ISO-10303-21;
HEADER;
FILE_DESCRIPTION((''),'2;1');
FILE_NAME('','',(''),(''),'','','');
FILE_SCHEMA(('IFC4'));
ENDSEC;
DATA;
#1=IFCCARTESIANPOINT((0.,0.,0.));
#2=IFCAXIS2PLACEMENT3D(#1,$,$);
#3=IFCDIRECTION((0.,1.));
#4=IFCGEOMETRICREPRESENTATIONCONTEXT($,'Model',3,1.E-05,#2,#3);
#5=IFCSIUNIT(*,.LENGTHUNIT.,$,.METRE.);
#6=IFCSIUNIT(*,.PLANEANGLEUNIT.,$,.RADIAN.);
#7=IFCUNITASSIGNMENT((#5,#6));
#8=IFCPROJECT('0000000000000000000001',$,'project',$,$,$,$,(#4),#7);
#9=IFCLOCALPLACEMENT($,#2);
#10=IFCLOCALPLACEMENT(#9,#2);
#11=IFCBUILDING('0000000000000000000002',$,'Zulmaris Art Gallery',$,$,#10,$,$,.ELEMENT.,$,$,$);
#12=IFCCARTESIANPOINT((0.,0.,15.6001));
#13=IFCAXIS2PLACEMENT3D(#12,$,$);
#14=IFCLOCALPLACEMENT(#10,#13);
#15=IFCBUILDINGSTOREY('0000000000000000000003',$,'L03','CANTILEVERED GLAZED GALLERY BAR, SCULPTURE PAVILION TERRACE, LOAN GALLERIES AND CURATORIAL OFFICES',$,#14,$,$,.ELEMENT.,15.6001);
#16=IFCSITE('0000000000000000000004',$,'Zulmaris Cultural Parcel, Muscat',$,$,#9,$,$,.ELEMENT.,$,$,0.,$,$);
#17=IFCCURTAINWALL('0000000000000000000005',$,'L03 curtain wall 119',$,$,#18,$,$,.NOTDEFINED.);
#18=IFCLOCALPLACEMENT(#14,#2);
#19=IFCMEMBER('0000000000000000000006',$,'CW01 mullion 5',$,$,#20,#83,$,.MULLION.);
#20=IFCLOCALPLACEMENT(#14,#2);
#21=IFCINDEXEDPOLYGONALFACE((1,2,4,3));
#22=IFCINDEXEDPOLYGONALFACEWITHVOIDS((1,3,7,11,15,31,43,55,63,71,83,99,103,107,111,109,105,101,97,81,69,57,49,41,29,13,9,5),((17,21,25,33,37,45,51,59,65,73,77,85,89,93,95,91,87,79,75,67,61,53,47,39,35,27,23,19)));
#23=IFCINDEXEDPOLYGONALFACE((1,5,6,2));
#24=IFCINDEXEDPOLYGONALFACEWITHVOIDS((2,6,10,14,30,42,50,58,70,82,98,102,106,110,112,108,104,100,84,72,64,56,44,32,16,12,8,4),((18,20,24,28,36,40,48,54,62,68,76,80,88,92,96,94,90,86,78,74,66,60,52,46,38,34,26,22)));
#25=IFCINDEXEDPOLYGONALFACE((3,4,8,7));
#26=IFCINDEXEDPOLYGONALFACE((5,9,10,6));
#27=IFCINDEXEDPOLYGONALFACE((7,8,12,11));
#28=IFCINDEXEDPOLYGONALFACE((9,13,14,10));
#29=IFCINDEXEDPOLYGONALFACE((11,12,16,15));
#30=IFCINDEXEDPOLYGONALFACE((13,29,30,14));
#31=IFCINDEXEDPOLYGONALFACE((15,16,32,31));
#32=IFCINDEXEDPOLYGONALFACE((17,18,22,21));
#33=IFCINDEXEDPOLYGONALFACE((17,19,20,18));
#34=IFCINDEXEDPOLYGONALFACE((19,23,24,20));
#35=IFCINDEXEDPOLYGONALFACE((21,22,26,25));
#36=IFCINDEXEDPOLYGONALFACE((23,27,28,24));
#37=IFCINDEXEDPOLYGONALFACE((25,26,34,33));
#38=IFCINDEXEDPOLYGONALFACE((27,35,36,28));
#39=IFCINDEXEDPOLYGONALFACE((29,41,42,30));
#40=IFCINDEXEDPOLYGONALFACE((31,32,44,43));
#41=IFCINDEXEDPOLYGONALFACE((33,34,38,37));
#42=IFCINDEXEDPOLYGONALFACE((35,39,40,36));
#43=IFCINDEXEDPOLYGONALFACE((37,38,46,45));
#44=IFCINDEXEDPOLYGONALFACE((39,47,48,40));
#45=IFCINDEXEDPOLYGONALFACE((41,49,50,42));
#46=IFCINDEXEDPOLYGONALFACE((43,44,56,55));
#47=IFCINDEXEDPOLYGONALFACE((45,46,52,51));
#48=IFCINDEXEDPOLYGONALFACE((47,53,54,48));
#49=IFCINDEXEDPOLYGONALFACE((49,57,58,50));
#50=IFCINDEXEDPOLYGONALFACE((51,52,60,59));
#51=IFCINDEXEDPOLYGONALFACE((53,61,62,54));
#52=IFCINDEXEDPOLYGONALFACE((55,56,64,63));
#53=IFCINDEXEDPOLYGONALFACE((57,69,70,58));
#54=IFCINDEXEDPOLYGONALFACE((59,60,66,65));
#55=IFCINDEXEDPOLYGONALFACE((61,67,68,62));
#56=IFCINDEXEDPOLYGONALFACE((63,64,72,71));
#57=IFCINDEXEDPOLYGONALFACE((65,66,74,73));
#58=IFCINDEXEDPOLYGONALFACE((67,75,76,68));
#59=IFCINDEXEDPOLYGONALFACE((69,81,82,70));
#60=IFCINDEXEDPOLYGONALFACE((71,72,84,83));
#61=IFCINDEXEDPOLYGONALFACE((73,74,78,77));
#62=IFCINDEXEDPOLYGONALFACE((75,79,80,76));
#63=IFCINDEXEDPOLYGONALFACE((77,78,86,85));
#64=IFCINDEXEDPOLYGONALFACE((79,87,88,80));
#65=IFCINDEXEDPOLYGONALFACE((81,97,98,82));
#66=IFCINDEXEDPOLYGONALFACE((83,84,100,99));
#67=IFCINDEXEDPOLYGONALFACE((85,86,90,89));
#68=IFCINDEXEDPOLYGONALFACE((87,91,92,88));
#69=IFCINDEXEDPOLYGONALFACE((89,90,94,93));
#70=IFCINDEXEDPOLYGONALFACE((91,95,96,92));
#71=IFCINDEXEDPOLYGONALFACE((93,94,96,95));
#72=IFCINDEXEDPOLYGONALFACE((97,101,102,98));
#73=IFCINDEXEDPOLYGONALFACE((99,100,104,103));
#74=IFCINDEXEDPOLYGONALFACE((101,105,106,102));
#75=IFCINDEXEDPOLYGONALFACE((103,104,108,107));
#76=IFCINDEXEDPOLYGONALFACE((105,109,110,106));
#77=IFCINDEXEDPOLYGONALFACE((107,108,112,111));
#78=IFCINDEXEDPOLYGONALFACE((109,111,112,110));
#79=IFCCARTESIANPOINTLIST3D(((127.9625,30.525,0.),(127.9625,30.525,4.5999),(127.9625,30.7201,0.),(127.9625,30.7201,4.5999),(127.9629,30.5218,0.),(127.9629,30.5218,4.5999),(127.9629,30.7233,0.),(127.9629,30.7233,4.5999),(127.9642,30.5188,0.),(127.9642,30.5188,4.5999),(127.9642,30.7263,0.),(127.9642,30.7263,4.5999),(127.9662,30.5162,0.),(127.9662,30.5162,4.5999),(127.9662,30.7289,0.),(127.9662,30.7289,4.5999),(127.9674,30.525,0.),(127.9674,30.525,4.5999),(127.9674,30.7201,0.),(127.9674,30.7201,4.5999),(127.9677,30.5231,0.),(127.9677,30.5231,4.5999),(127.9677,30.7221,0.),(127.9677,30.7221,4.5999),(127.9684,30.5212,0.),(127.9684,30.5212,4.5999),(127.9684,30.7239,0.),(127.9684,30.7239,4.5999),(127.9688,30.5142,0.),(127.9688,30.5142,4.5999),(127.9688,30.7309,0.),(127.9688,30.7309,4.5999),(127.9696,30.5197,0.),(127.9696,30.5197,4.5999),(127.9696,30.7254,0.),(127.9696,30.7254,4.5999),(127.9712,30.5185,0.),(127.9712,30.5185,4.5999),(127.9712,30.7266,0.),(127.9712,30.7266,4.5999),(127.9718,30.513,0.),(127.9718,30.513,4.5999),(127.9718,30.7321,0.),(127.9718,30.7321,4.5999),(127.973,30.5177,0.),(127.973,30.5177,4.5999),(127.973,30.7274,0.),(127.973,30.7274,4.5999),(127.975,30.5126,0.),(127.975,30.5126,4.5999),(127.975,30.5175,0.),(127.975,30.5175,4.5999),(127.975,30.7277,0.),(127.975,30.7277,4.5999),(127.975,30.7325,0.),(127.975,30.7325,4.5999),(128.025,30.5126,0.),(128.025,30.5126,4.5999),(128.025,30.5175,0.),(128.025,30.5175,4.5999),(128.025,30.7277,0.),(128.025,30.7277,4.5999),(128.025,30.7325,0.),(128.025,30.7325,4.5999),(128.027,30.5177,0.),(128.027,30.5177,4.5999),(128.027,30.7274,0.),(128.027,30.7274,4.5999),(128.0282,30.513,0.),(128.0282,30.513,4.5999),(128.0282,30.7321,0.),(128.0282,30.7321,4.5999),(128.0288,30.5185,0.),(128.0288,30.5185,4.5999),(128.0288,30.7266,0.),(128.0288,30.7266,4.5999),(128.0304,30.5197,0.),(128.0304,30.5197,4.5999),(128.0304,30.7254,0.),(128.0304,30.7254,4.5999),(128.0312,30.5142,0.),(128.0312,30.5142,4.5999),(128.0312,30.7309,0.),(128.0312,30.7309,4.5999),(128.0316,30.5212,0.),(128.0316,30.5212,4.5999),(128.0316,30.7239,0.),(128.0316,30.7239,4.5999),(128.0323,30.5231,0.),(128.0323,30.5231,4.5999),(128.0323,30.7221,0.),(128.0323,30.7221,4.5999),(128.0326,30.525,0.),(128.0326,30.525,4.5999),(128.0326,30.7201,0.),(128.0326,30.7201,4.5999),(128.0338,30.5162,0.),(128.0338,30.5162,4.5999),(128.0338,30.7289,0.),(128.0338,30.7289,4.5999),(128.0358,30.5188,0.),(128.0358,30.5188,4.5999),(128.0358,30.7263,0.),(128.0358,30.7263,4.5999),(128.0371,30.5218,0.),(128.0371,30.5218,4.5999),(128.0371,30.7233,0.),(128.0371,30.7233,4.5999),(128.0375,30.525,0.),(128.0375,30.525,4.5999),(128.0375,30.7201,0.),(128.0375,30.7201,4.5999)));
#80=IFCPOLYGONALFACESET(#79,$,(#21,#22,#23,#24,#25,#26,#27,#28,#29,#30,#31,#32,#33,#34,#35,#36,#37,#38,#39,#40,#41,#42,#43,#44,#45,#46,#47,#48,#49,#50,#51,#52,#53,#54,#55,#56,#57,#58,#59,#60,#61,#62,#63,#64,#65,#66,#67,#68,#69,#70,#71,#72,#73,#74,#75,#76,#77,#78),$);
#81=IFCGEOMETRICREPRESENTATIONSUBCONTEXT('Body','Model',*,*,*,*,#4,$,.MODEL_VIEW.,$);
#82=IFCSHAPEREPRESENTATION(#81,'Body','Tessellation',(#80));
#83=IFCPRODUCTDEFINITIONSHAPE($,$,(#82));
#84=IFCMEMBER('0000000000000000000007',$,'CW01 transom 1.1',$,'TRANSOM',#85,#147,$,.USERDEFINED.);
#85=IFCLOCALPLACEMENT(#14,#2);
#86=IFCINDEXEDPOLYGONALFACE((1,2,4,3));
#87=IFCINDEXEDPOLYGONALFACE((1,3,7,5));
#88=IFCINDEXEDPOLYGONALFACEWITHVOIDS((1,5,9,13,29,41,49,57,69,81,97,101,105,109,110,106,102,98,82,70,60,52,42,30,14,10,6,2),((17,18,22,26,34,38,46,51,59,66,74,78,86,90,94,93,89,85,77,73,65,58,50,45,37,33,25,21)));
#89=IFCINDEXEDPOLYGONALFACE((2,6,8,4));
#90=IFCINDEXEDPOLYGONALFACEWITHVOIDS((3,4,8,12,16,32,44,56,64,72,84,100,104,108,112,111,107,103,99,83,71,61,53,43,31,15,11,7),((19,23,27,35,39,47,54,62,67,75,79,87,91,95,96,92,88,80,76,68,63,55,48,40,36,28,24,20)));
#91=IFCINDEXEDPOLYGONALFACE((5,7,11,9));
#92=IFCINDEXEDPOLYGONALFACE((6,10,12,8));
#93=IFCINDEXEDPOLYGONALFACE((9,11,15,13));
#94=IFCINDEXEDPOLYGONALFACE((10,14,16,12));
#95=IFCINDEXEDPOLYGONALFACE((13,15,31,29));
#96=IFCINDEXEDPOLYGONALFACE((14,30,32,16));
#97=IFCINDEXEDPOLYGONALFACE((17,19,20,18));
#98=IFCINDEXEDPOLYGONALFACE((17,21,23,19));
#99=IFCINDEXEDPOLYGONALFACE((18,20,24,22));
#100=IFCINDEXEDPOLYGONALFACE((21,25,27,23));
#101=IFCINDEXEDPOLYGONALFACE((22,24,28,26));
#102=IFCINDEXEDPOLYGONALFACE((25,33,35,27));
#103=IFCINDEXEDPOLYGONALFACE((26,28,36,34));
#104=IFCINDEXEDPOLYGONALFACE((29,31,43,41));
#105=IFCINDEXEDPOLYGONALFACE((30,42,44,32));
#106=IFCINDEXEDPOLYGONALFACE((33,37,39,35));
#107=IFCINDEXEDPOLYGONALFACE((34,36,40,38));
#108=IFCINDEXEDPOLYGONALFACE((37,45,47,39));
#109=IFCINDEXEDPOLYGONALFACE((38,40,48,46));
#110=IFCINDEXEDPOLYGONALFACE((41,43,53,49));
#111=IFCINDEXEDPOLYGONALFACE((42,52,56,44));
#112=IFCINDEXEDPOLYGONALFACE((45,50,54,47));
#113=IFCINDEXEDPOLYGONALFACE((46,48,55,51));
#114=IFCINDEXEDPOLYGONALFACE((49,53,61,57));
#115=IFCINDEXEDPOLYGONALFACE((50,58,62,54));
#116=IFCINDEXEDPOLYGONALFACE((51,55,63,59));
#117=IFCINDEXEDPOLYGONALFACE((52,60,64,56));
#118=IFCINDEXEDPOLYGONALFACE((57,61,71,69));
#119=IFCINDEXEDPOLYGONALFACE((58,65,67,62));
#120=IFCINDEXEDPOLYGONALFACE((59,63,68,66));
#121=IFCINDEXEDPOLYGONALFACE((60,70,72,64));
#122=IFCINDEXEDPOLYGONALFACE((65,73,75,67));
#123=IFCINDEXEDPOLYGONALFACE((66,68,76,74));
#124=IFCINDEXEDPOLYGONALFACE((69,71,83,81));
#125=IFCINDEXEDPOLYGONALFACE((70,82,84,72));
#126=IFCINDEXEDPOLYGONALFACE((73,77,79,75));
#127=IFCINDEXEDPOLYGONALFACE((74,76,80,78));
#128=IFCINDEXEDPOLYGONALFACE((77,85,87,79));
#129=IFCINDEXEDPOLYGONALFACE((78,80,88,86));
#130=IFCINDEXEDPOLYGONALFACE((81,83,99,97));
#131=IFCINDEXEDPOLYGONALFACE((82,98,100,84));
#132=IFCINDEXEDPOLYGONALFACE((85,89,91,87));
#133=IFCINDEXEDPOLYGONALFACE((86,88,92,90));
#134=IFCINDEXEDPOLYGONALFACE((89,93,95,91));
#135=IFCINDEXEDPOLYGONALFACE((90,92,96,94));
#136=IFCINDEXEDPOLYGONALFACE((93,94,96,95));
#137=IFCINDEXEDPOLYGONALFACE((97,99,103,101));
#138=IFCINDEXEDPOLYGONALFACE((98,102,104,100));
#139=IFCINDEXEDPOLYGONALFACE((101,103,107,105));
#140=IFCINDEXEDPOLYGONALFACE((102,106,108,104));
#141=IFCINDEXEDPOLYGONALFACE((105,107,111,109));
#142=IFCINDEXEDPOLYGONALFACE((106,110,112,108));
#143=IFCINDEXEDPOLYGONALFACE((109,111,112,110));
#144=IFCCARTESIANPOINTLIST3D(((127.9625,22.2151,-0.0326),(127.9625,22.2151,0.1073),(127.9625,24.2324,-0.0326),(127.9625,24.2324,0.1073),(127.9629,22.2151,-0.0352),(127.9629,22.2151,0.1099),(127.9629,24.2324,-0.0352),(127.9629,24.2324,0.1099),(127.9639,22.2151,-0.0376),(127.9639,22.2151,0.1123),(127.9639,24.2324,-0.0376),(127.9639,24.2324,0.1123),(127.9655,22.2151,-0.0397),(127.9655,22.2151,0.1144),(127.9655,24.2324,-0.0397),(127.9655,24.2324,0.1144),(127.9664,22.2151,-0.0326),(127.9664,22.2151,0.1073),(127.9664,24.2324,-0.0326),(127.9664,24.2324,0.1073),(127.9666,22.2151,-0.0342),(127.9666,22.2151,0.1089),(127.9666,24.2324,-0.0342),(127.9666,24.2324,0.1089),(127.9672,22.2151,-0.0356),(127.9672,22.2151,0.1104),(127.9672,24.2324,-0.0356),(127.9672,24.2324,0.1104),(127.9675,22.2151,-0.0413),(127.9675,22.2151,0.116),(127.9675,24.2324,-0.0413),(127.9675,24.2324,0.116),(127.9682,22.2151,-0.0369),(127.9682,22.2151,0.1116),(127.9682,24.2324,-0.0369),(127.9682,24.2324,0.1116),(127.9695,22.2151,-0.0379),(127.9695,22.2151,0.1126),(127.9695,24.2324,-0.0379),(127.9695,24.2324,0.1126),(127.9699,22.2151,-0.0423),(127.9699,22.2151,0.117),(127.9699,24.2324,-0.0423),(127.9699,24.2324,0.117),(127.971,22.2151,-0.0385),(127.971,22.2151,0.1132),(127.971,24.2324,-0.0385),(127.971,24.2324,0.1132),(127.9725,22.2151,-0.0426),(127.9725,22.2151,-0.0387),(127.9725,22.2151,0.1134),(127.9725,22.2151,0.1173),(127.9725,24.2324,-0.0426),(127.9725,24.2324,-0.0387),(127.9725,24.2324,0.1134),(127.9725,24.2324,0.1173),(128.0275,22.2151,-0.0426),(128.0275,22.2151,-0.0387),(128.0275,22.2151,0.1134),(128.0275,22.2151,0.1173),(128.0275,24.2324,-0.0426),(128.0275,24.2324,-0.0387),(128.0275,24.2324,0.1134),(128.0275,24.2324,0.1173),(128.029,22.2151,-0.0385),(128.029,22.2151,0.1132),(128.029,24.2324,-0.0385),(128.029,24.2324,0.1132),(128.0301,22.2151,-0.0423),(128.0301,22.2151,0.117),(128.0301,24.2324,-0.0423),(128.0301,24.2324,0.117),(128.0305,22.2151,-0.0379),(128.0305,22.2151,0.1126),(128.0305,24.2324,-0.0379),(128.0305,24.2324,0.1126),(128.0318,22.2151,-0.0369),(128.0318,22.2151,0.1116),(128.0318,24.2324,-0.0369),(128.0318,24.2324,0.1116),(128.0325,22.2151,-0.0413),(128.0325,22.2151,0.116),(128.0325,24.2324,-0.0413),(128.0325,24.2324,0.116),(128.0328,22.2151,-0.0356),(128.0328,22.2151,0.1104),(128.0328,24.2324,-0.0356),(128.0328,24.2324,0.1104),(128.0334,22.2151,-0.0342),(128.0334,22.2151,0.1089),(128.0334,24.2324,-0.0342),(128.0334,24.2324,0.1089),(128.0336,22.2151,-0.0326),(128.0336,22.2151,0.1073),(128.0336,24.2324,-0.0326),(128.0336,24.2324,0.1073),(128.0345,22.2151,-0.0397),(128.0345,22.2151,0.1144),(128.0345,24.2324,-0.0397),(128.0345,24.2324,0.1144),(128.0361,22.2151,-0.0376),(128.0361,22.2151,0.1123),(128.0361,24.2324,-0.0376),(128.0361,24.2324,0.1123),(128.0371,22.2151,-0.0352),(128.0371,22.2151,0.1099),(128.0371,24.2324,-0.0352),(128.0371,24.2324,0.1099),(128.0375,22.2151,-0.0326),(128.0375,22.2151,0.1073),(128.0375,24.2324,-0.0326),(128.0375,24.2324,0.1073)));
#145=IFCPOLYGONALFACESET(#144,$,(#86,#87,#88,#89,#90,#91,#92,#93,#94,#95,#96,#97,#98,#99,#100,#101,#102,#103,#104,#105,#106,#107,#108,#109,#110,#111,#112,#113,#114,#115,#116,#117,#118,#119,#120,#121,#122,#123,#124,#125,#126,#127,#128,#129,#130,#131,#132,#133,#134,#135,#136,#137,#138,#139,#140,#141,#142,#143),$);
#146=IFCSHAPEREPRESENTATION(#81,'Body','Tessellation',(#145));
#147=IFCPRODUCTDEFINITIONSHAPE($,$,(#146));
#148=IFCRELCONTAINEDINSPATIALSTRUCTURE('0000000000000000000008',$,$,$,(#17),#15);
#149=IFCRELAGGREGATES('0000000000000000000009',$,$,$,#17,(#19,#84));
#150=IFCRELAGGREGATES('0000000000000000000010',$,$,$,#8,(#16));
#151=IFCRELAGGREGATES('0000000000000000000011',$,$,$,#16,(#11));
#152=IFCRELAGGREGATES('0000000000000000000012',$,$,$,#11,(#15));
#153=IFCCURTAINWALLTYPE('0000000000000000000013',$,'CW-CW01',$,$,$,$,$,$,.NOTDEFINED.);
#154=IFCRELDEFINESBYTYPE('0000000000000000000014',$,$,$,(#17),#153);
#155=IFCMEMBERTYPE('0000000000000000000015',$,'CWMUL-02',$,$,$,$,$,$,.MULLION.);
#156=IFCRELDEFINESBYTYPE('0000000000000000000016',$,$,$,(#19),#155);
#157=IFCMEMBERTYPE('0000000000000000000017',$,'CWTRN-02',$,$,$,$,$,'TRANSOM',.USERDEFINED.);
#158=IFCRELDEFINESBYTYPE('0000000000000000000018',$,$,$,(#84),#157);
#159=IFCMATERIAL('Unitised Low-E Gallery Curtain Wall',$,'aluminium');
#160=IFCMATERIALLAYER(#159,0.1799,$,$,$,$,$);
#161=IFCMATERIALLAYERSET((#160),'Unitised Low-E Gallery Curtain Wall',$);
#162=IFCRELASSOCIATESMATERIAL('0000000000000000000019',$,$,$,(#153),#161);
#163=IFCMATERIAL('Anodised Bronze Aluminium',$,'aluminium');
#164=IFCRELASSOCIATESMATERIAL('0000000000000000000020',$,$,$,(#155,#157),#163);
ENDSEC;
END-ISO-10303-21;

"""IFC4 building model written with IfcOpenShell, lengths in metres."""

from ifc_helpers import new_model, si_unit, direction, frame, origin, origin_2d, place, context, subcontext, project, spatial, hollow_rectangle, extrude, material, layer, layer_set, material_profile, profile_set, type_object, element, aggregate, save


model = new_model("IFC4")

# Units and contexts
model_context = context("Model", 3, precision=1e-05, world=origin(), true_north=direction((0.0, 1.0)))
body_context = subcontext(model_context, "Body", "Model", "MODEL_VIEW")
ifc_project = project(units=[si_unit("LENGTHUNIT", "METRE"), si_unit("PLANEANGLEUNIT", "RADIAN")], contexts=[model_context])

# Site, building, storey
site_placement = place(None, origin())
site = spatial("IfcSite", under=ifc_project, at=site_placement, Name="Zulmaris Cultural Parcel, Muscat", CompositionType="ELEMENT", RefElevation=0.0)
building_placement = place(site_placement, origin())
building = spatial("IfcBuilding", under=site, at=building_placement, Name="Zulmaris Art Gallery", CompositionType="ELEMENT")
storey_placement = place(building_placement, frame((0.0, 0.0, 15.6001)))
storey = spatial("IfcBuildingStorey", under=building, at=storey_placement, Name="L03", Description="CANTILEVERED GLAZED GALLERY BAR, SCULPTURE PAVILION TERRACE, LOAN GALLERIES AND CURATORIAL OFFICES", CompositionType="ELEMENT", Elevation=15.6001)

# Curtain wall, members
ifc_material_1 = material(Name="Unitised Low-E Gallery Curtain Wall", Category="aluminium")
ifc_layer_1 = layer(ifc_material_1, 0.1799)
ifc_layer_set_1 = layer_set([ifc_layer_1], Name="Unitised Low-E Gallery Curtain Wall")
curtain_wall_type = type_object("IfcCurtainWallType", Name="CW-CW01", PredefinedType="NOTDEFINED", material=ifc_layer_set_1)
curtain_wall_placement = place(storey_placement, origin())
curtain_wall = element("IfcCurtainWall", 1, at=curtain_wall_placement, inside=storey, type_object=curtain_wall_type, Name="L03 curtain wall 119", PredefinedType="NOTDEFINED")
ifc_material_2 = material(Name="Anodised Bronze Aluminium", Category="aluminium")
ifc_material_profile_1 = material_profile(ifc_material_2, hollow_rectangle(XDim=0.075, YDim=0.22, WallThickness=0.0049, InnerFilletRadius=0.0076, OuterFilletRadius=0.0125, at=origin_2d()), Name="ALU 75x220x5")
ifc_profile_set_1 = profile_set([ifc_material_profile_1], Name="Anodised Bronze Aluminium")
member_type_1 = type_object("IfcMemberType", Name="CWMUL-02", PredefinedType="MULLION", material=ifc_profile_set_1)
member_1_placement = place(storey_placement, frame((128.0, 30.6226, 0.0), z_axis=(0.0, 0.0, 1.0), x_axis=(-1.0, 0.0, 0.0)))
member_1 = element("IfcMember", 2, at=member_1_placement, type_object=member_type_1, Name="CW01 mullion 5", PredefinedType="MULLION", context=body_context, shape_type="SweptSolid", body=[
    extrude(hollow_rectangle(XDim=0.075, YDim=0.22, WallThickness=0.0049, InnerFilletRadius=0.0076, OuterFilletRadius=0.0125, at=origin_2d()), origin(), (0.0, 0.0, 1.0), 4.5999),
])
ifc_material_profile_2 = material_profile(ifc_material_2, hollow_rectangle(XDim=0.075, YDim=0.1599, WallThickness=0.0039, InnerFilletRadius=0.0061, OuterFilletRadius=0.01, at=origin_2d()), Name="ALU 75x160x4")
ifc_profile_set_2 = profile_set([ifc_material_profile_2], Name="Anodised Bronze Aluminium")
member_type_2 = type_object("IfcMemberType", Name="CWTRN-02", ElementType="TRANSOM", PredefinedType="USERDEFINED", material=ifc_profile_set_2)
member_2_placement = place(storey_placement, frame((128.0, 22.2151, 0.0374), z_axis=(0.0, 1.0, 0.0), x_axis=(-1.0, 0.0, 0.0)))
member_2 = element("IfcMember", 3, at=member_2_placement, type_object=member_type_2, Name="CW01 transom 1.1", ObjectType="TRANSOM", PredefinedType="USERDEFINED", context=body_context, shape_type="SweptSolid", body=[
    extrude(hollow_rectangle(XDim=0.075, YDim=0.1599, WallThickness=0.0039, InnerFilletRadius=0.0061, OuterFilletRadius=0.01, at=origin_2d()), origin(), (0.0, 0.0, 1.0), 2.0173),
])
aggregate(curtain_wall, [member_1, member_2])

save(model, "model.ifc")
